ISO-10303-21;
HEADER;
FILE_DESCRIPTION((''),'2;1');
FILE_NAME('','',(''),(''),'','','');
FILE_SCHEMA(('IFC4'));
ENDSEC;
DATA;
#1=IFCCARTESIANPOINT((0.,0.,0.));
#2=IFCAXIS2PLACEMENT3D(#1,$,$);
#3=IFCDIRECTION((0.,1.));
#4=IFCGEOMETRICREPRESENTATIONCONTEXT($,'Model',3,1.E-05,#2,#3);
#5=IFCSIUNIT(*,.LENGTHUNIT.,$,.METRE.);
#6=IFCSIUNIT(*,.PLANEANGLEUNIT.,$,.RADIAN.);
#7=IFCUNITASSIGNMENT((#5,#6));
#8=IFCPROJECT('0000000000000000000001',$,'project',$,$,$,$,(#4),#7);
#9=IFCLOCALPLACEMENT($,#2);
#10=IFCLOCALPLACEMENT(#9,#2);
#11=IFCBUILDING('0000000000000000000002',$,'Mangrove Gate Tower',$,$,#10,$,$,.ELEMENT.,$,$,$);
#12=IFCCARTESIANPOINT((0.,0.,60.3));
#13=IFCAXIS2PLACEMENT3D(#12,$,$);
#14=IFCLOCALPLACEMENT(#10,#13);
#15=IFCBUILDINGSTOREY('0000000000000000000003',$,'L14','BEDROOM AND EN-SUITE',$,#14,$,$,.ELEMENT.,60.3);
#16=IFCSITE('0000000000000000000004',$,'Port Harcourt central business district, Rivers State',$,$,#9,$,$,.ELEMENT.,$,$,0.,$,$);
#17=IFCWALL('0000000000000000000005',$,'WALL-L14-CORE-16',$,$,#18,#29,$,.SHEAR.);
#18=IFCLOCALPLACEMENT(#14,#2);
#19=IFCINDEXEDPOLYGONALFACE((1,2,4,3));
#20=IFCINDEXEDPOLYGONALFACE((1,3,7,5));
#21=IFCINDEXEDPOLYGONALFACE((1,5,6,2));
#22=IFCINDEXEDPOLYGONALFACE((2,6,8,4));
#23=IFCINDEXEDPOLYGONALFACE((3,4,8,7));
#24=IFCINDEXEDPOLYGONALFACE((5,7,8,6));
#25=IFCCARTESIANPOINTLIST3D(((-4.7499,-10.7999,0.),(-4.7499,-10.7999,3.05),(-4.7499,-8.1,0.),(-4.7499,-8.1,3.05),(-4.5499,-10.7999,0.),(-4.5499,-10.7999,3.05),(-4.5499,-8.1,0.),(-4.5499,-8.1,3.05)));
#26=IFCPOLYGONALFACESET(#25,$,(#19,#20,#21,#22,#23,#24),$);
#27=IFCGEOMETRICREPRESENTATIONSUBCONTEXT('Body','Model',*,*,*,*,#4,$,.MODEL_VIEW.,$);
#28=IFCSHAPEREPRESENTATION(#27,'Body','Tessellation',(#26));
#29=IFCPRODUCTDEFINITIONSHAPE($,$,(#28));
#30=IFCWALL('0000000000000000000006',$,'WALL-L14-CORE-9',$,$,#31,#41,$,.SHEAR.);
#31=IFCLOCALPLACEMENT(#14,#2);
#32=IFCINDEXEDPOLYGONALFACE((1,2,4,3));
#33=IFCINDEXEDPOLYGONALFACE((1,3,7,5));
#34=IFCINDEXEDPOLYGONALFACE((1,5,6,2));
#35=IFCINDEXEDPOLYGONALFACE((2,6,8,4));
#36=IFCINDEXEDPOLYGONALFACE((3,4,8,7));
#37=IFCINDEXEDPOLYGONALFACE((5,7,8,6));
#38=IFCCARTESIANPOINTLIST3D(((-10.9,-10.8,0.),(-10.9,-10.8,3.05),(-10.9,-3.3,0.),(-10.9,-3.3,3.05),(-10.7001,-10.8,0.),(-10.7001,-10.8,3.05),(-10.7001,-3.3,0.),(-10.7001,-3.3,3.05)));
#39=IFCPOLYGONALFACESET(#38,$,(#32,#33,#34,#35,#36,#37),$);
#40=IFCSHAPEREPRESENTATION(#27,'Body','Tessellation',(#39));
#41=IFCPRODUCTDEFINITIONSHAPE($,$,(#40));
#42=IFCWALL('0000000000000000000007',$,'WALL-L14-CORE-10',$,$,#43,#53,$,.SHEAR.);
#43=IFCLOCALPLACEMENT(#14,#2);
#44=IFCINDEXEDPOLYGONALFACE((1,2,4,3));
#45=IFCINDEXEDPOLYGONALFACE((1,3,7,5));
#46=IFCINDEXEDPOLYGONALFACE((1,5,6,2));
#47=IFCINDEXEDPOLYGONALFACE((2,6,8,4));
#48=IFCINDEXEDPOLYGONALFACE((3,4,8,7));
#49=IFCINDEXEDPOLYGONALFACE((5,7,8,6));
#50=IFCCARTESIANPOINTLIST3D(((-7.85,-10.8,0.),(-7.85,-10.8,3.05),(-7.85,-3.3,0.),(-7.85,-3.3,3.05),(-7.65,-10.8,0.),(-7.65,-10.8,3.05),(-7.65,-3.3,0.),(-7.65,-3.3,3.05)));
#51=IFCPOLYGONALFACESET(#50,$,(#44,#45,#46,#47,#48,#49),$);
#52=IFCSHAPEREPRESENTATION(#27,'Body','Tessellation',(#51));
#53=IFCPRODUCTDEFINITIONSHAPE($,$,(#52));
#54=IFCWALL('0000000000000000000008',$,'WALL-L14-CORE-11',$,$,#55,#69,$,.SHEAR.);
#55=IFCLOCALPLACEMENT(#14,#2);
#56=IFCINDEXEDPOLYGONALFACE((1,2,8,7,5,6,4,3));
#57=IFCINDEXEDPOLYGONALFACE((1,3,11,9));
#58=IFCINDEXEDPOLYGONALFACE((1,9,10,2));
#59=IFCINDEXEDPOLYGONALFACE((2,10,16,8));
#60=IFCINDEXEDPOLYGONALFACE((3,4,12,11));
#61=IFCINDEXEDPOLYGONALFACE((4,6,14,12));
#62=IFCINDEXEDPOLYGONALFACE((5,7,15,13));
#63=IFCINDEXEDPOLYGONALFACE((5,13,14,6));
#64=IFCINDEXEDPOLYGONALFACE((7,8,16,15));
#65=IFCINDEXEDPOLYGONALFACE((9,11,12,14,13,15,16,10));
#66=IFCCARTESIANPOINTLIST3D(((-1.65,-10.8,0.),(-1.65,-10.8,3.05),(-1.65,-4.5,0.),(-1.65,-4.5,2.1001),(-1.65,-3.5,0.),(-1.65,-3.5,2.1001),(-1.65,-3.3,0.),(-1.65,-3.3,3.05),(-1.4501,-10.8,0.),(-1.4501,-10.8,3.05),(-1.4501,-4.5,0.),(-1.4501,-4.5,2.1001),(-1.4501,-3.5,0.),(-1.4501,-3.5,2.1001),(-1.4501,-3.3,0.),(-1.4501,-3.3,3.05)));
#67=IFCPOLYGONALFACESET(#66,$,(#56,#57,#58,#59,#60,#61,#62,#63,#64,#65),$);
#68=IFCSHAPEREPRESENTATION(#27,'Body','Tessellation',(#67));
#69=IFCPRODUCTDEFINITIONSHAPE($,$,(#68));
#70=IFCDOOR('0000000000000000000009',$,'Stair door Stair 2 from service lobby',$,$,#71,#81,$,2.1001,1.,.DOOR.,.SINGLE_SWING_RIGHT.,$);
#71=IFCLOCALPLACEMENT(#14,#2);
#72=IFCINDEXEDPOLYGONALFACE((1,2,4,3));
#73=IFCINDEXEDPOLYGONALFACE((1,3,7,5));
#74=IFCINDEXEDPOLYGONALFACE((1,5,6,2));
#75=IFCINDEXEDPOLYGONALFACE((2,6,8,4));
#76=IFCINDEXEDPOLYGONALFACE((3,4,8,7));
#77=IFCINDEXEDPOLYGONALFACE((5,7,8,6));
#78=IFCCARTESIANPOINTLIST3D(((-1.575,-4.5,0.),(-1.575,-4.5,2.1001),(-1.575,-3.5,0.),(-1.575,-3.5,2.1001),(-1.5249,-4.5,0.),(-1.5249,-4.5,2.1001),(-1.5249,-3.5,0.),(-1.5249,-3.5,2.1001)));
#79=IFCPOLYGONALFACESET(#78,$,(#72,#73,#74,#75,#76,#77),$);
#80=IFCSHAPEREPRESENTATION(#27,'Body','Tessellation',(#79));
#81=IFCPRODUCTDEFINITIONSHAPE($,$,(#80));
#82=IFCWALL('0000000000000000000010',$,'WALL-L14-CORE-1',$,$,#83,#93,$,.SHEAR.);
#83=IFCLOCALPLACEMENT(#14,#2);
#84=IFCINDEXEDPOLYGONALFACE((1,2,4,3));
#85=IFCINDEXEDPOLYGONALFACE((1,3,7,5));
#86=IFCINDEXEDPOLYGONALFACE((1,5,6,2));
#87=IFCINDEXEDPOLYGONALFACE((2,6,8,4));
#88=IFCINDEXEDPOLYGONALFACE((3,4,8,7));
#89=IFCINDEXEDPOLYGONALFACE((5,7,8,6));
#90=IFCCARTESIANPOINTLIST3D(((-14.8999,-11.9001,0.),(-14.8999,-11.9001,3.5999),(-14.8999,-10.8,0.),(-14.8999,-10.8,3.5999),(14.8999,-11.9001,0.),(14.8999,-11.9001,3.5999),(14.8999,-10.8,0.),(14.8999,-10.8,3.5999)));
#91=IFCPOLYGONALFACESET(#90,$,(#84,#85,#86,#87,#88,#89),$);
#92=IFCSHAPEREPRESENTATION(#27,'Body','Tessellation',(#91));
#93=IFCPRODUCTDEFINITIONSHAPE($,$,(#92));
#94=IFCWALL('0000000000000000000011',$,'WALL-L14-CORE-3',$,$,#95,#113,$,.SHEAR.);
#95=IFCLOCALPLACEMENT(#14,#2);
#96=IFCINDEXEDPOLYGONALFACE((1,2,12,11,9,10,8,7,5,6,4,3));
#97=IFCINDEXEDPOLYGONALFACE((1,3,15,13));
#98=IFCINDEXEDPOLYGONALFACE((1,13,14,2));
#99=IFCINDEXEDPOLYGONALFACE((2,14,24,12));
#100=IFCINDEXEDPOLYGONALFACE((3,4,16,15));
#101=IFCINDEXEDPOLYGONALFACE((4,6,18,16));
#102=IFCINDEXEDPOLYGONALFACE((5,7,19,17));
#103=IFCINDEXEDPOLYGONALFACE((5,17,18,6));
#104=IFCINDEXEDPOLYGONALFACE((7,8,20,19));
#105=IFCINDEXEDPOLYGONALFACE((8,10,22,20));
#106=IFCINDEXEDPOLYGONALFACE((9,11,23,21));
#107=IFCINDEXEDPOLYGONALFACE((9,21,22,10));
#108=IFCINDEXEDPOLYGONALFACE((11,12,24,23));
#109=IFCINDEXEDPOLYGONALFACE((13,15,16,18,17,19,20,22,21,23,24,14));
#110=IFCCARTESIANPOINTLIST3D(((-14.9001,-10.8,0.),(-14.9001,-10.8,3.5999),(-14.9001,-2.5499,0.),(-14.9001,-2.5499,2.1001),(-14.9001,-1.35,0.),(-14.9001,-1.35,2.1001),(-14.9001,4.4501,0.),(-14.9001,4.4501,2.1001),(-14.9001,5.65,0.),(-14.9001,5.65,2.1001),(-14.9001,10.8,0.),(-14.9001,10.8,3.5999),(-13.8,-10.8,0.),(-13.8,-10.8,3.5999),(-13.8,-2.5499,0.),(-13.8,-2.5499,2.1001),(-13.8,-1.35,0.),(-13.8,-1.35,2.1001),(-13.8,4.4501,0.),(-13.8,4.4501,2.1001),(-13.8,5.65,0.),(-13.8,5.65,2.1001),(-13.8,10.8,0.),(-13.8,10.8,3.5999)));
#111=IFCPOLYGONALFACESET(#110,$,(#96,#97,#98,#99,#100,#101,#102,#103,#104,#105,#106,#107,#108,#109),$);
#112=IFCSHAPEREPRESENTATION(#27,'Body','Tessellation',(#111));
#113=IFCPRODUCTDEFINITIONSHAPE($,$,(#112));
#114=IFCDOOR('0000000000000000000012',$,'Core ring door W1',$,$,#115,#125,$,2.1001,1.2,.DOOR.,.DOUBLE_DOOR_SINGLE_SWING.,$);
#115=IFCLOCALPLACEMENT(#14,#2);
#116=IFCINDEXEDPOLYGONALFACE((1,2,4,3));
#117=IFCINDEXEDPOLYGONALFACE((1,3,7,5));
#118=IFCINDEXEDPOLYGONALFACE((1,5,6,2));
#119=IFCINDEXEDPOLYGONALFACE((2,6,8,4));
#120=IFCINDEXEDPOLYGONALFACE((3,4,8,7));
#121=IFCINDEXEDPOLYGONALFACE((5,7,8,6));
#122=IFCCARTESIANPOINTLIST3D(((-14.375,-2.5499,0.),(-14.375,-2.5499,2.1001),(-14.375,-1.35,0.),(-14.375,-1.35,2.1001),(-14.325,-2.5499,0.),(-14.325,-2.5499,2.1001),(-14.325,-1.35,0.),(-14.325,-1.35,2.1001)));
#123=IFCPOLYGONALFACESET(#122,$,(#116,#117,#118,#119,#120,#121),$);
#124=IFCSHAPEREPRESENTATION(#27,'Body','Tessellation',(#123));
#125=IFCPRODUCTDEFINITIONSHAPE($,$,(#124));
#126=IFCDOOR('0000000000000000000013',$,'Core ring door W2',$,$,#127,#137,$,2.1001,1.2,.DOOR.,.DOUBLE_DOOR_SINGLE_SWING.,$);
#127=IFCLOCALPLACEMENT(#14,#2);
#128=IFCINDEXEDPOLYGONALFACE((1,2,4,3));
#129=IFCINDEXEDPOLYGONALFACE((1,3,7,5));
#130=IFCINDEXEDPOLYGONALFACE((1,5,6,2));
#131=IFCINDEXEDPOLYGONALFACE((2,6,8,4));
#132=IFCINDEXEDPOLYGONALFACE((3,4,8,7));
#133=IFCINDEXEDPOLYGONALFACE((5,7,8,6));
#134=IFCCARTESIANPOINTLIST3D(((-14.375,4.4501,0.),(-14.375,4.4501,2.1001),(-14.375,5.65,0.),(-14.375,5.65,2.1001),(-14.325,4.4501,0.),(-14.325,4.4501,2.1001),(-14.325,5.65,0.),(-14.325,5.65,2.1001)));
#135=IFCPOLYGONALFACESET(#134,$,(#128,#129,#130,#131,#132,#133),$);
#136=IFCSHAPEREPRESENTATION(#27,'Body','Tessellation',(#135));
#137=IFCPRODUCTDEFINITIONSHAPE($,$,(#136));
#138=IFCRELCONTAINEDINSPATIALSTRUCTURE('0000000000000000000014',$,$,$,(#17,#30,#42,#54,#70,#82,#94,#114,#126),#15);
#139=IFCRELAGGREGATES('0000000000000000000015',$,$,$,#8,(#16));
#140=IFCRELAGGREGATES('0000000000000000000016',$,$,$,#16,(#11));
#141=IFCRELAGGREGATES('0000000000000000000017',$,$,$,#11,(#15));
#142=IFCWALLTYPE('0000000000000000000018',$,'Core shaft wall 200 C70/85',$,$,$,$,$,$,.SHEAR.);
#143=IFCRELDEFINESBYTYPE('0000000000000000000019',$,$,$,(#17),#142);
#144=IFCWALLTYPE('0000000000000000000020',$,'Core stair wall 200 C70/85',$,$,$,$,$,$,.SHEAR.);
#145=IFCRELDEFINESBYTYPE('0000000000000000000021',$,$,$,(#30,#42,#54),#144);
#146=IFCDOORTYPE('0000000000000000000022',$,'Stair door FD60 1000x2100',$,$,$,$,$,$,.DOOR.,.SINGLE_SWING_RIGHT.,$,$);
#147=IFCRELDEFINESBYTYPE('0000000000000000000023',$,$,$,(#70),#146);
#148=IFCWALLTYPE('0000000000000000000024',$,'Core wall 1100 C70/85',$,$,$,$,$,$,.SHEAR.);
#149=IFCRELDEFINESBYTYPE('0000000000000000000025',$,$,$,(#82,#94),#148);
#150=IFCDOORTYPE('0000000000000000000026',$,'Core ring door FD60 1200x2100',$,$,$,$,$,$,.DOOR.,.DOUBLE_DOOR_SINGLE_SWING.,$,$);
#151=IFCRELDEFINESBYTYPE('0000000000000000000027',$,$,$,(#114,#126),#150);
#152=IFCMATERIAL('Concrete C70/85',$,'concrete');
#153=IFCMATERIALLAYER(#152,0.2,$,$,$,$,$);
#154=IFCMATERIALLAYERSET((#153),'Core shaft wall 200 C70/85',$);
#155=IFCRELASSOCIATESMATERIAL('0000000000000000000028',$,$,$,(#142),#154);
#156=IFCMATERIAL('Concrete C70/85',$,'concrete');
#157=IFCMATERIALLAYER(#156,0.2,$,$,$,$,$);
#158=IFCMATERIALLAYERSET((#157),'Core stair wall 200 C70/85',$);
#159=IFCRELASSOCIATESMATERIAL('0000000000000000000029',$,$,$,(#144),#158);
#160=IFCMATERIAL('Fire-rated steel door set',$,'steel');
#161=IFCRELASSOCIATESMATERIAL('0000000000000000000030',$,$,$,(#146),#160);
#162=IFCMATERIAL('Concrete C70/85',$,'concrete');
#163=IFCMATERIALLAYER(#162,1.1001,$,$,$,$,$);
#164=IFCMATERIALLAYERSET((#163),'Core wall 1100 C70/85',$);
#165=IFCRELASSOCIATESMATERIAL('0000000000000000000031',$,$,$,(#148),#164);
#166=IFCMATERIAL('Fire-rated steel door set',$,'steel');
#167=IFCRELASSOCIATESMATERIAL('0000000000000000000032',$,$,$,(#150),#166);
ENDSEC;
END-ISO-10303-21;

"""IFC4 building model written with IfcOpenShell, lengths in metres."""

from ifc_helpers import new_model, si_unit, direction, frame, frame_2d, origin, place, context, subcontext, project, spatial, rectangle, extrude, material, layer, layer_set, type_object, element, fill, save


model = new_model("IFC4")

# Units and contexts
model_context = context("Model", 3, precision=1e-05, world=origin(), true_north=direction((0.0, 1.0)))
body_context = subcontext(model_context, "Body", "Model", "MODEL_VIEW")
ifc_project = project(units=[si_unit("LENGTHUNIT", "METRE"), si_unit("PLANEANGLEUNIT", "RADIAN")], contexts=[model_context])

# Site, building, storey
site_placement = place(None, origin())
site = spatial("IfcSite", under=ifc_project, at=site_placement, Name="Port Harcourt central business district, Rivers State", CompositionType="ELEMENT", RefElevation=0.0)
building_placement = place(site_placement, origin())
building = spatial("IfcBuilding", under=site, at=building_placement, Name="Mangrove Gate Tower", CompositionType="ELEMENT")
storey_placement = place(building_placement, frame((0.0, 0.0, 60.3)))
storey = spatial("IfcBuildingStorey", under=building, at=storey_placement, Name="L14", Description="BEDROOM AND EN-SUITE", CompositionType="ELEMENT", Elevation=60.3)

# Walls
ifc_material_1 = material(Name="Concrete C70/85", Category="concrete")
ifc_layer_1 = layer(ifc_material_1, 0.2)
ifc_layer_set_1 = layer_set([ifc_layer_1], Name="Core shaft wall 200 C70/85")
wall_type_1 = type_object("IfcWallType", Name="Core shaft wall 200 C70/85", PredefinedType="SHEAR", material=ifc_layer_set_1)
wall_1_placement = place(storey_placement, frame((-4.6499, -10.8, 0.0), z_axis=(0.0, 0.0, 1.0), x_axis=(0.0, 1.0, 0.0)))
element("IfcWall", 1, at=wall_1_placement, inside=storey, type_object=wall_type_1, Name="WALL-L14-CORE-16", PredefinedType="SHEAR", context=body_context, shape_type="SweptSolid", body=[
    extrude(rectangle(XDim=2.7, YDim=0.2, at=frame_2d((1.3501, 0.0))), origin(), (0.0, 0.0, 1.0), 3.05),
])
ifc_material_2 = material(Name="Concrete C70/85", Category="concrete")
ifc_layer_2 = layer(ifc_material_2, 0.2)
ifc_layer_set_2 = layer_set([ifc_layer_2], Name="Core stair wall 200 C70/85")
wall_type_2 = type_object("IfcWallType", Name="Core stair wall 200 C70/85", PredefinedType="SHEAR", material=ifc_layer_set_2)
for number, where, z_axis, x_axis, name in (
    (2, (-10.8, -10.8, 0.0), (0.0, 0.0, 1.0), (0.0, 1.0, 0.0), "WALL-L14-CORE-9"),
    (3, (-7.75, -10.8, 0.0), (0.0, 0.0, 1.0), (0.0, 1.0, 0.0), "WALL-L14-CORE-10"),
):
    element("IfcWall", number, at=place(storey_placement, frame(where, z_axis=z_axis, x_axis=x_axis)), inside=storey, type_object=wall_type_2, Name=name, PredefinedType="SHEAR", context=body_context, shape_type="SweptSolid", body=[
        extrude(rectangle(XDim=7.5, YDim=0.2, at=frame_2d((3.75, 0.0))), origin(), (0.0, 0.0, 1.0), 3.05),
    ])

# Wall, opening, door
wall_2_placement = place(storey_placement, frame((-1.55, -10.8, 0.0), z_axis=(0.0, 0.0, 1.0), x_axis=(0.0, 1.0, 0.0)))
wall_2 = element("IfcWall", 4, at=wall_2_placement, inside=storey, type_object=wall_type_2, Name="WALL-L14-CORE-11", PredefinedType="SHEAR", context=body_context, shape_type="SweptSolid", body=[
    extrude(rectangle(XDim=7.5, YDim=0.2, at=frame_2d((3.75, 0.0))), origin(), (0.0, 0.0, 1.0), 3.05),
])
opening_1_placement = place(wall_2_placement, frame((6.3, 0.0, 0.0)))
opening_1 = element("IfcOpeningElement", 5, at=opening_1_placement, cuts=wall_2, PredefinedType="OPENING", context=body_context, shape_type="SweptSolid", body=[
    extrude(rectangle(XDim=1.0, YDim=2.1001, at=frame_2d((0.5, 1.05))), frame((0.0, 0.1099, 0.0), z_axis=(0.0, -1.0, 0.0), x_axis=(1.0, 0.0, 0.0)), (0.0, 0.0, 1.0), 0.22),
])
ifc_material_3 = material(Name="Fire-rated steel door set", Category="steel")
door_type_1 = type_object("IfcDoorType", Name="Stair door FD60 1000x2100", OperationType="SINGLE_SWING_RIGHT", PredefinedType="DOOR", material=ifc_material_3)
door_1_placement = place(opening_1_placement, origin())
door_1 = element("IfcDoor", 6, at=door_1_placement, inside=storey, type_object=door_type_1, Name="Stair door Stair 2 from service lobby", OperationType="SINGLE_SWING_RIGHT", OverallHeight=2.1001, OverallWidth=1.0, PredefinedType="DOOR", context=body_context, shape_type="SweptSolid", body=[
    extrude(rectangle(XDim=1.0, YDim=2.1001, at=frame_2d((0.5, 1.05))), frame((0.0, 0.0249, 0.0), z_axis=(0.0, -1.0, 0.0), x_axis=(1.0, 0.0, 0.0)), (0.0, 0.0, 1.0), 0.05),
])
fill(opening_1, door_1)

# Wall
ifc_material_4 = material(Name="Concrete C70/85", Category="concrete")
ifc_layer_3 = layer(ifc_material_4, 1.1001)
ifc_layer_set_3 = layer_set([ifc_layer_3], Name="Core wall 1100 C70/85")
wall_type_3 = type_object("IfcWallType", Name="Core wall 1100 C70/85", PredefinedType="SHEAR", material=ifc_layer_set_3)
wall_3_placement = place(storey_placement, frame((-14.8999, -11.3501, 0.0), z_axis=(0.0, 0.0, 1.0), x_axis=(1.0, 0.0, 0.0)))
element("IfcWall", 7, at=wall_3_placement, inside=storey, type_object=wall_type_3, Name="WALL-L14-CORE-1", PredefinedType="SHEAR", context=body_context, shape_type="SweptSolid", body=[
    extrude(rectangle(XDim=29.7998, YDim=1.1001, at=frame_2d((14.8999, 0.0))), origin(), (0.0, 0.0, 1.0), 3.5999),
])

# Wall, openings, doors
wall_4_placement = place(storey_placement, frame((-14.3501, -10.8, 0.0), z_axis=(0.0, 0.0, 1.0), x_axis=(0.0, 1.0, 0.0)))
wall_4 = element("IfcWall", 8, at=wall_4_placement, inside=storey, type_object=wall_type_3, Name="WALL-L14-CORE-3", PredefinedType="SHEAR", context=body_context, shape_type="SweptSolid", body=[
    extrude(rectangle(XDim=21.6001, YDim=1.1001, at=frame_2d((10.8, 0.0))), origin(), (0.0, 0.0, 1.0), 3.5999),
])
opening_2_placement = place(wall_4_placement, frame((8.25, 0.0, 0.0)))
opening_2 = element("IfcOpeningElement", 9, at=opening_2_placement, cuts=wall_4, PredefinedType="OPENING", context=body_context, shape_type="SweptSolid", body=[
    extrude(rectangle(XDim=1.2, YDim=2.1001, at=frame_2d((0.6001, 1.05))), frame((0.0, 0.5601, 0.0), z_axis=(0.0, -1.0, 0.0), x_axis=(1.0, 0.0, 0.0)), (0.0, 0.0, 1.0), 1.1201),
])
opening_3_placement = place(wall_4_placement, frame((15.25, 0.0, 0.0)))
opening_3 = element("IfcOpeningElement", 10, at=opening_3_placement, cuts=wall_4, PredefinedType="OPENING", context=body_context, shape_type="SweptSolid", body=[
    extrude(rectangle(XDim=1.2, YDim=2.1001, at=frame_2d((0.6001, 1.05))), frame((0.0, 0.5601, 0.0), z_axis=(0.0, -1.0, 0.0), x_axis=(1.0, 0.0, 0.0)), (0.0, 0.0, 1.0), 1.1201),
])
ifc_material_5 = material(Name="Fire-rated steel door set", Category="steel")
door_type_2 = type_object("IfcDoorType", Name="Core ring door FD60 1200x2100", OperationType="DOUBLE_DOOR_SINGLE_SWING", PredefinedType="DOOR", material=ifc_material_5)
door_2_placement = place(opening_2_placement, origin())
door_2 = element("IfcDoor", 11, at=door_2_placement, inside=storey, type_object=door_type_2, Name="Core ring door W1", OperationType="DOUBLE_DOOR_SINGLE_SWING", OverallHeight=2.1001, OverallWidth=1.2, PredefinedType="DOOR", context=body_context, shape_type="SweptSolid", body=[
    extrude(rectangle(XDim=1.2, YDim=2.1001, at=frame_2d((0.6001, 1.05))), frame((0.0, 0.0249, 0.0), z_axis=(0.0, -1.0, 0.0), x_axis=(1.0, 0.0, 0.0)), (0.0, 0.0, 1.0), 0.05),
])
fill(opening_2, door_2)
door_3_placement = place(opening_3_placement, origin())
door_3 = element("IfcDoor", 12, at=door_3_placement, inside=storey, type_object=door_type_2, Name="Core ring door W2", OperationType="DOUBLE_DOOR_SINGLE_SWING", OverallHeight=2.1001, OverallWidth=1.2, PredefinedType="DOOR", context=body_context, shape_type="SweptSolid", body=[
    extrude(rectangle(XDim=1.2, YDim=2.1001, at=frame_2d((0.6001, 1.05))), frame((0.0, 0.0249, 0.0), z_axis=(0.0, -1.0, 0.0), x_axis=(1.0, 0.0, 0.0)), (0.0, 0.0, 1.0), 0.05),
])
fill(opening_3, door_3)

save(model, "model.ifc")
